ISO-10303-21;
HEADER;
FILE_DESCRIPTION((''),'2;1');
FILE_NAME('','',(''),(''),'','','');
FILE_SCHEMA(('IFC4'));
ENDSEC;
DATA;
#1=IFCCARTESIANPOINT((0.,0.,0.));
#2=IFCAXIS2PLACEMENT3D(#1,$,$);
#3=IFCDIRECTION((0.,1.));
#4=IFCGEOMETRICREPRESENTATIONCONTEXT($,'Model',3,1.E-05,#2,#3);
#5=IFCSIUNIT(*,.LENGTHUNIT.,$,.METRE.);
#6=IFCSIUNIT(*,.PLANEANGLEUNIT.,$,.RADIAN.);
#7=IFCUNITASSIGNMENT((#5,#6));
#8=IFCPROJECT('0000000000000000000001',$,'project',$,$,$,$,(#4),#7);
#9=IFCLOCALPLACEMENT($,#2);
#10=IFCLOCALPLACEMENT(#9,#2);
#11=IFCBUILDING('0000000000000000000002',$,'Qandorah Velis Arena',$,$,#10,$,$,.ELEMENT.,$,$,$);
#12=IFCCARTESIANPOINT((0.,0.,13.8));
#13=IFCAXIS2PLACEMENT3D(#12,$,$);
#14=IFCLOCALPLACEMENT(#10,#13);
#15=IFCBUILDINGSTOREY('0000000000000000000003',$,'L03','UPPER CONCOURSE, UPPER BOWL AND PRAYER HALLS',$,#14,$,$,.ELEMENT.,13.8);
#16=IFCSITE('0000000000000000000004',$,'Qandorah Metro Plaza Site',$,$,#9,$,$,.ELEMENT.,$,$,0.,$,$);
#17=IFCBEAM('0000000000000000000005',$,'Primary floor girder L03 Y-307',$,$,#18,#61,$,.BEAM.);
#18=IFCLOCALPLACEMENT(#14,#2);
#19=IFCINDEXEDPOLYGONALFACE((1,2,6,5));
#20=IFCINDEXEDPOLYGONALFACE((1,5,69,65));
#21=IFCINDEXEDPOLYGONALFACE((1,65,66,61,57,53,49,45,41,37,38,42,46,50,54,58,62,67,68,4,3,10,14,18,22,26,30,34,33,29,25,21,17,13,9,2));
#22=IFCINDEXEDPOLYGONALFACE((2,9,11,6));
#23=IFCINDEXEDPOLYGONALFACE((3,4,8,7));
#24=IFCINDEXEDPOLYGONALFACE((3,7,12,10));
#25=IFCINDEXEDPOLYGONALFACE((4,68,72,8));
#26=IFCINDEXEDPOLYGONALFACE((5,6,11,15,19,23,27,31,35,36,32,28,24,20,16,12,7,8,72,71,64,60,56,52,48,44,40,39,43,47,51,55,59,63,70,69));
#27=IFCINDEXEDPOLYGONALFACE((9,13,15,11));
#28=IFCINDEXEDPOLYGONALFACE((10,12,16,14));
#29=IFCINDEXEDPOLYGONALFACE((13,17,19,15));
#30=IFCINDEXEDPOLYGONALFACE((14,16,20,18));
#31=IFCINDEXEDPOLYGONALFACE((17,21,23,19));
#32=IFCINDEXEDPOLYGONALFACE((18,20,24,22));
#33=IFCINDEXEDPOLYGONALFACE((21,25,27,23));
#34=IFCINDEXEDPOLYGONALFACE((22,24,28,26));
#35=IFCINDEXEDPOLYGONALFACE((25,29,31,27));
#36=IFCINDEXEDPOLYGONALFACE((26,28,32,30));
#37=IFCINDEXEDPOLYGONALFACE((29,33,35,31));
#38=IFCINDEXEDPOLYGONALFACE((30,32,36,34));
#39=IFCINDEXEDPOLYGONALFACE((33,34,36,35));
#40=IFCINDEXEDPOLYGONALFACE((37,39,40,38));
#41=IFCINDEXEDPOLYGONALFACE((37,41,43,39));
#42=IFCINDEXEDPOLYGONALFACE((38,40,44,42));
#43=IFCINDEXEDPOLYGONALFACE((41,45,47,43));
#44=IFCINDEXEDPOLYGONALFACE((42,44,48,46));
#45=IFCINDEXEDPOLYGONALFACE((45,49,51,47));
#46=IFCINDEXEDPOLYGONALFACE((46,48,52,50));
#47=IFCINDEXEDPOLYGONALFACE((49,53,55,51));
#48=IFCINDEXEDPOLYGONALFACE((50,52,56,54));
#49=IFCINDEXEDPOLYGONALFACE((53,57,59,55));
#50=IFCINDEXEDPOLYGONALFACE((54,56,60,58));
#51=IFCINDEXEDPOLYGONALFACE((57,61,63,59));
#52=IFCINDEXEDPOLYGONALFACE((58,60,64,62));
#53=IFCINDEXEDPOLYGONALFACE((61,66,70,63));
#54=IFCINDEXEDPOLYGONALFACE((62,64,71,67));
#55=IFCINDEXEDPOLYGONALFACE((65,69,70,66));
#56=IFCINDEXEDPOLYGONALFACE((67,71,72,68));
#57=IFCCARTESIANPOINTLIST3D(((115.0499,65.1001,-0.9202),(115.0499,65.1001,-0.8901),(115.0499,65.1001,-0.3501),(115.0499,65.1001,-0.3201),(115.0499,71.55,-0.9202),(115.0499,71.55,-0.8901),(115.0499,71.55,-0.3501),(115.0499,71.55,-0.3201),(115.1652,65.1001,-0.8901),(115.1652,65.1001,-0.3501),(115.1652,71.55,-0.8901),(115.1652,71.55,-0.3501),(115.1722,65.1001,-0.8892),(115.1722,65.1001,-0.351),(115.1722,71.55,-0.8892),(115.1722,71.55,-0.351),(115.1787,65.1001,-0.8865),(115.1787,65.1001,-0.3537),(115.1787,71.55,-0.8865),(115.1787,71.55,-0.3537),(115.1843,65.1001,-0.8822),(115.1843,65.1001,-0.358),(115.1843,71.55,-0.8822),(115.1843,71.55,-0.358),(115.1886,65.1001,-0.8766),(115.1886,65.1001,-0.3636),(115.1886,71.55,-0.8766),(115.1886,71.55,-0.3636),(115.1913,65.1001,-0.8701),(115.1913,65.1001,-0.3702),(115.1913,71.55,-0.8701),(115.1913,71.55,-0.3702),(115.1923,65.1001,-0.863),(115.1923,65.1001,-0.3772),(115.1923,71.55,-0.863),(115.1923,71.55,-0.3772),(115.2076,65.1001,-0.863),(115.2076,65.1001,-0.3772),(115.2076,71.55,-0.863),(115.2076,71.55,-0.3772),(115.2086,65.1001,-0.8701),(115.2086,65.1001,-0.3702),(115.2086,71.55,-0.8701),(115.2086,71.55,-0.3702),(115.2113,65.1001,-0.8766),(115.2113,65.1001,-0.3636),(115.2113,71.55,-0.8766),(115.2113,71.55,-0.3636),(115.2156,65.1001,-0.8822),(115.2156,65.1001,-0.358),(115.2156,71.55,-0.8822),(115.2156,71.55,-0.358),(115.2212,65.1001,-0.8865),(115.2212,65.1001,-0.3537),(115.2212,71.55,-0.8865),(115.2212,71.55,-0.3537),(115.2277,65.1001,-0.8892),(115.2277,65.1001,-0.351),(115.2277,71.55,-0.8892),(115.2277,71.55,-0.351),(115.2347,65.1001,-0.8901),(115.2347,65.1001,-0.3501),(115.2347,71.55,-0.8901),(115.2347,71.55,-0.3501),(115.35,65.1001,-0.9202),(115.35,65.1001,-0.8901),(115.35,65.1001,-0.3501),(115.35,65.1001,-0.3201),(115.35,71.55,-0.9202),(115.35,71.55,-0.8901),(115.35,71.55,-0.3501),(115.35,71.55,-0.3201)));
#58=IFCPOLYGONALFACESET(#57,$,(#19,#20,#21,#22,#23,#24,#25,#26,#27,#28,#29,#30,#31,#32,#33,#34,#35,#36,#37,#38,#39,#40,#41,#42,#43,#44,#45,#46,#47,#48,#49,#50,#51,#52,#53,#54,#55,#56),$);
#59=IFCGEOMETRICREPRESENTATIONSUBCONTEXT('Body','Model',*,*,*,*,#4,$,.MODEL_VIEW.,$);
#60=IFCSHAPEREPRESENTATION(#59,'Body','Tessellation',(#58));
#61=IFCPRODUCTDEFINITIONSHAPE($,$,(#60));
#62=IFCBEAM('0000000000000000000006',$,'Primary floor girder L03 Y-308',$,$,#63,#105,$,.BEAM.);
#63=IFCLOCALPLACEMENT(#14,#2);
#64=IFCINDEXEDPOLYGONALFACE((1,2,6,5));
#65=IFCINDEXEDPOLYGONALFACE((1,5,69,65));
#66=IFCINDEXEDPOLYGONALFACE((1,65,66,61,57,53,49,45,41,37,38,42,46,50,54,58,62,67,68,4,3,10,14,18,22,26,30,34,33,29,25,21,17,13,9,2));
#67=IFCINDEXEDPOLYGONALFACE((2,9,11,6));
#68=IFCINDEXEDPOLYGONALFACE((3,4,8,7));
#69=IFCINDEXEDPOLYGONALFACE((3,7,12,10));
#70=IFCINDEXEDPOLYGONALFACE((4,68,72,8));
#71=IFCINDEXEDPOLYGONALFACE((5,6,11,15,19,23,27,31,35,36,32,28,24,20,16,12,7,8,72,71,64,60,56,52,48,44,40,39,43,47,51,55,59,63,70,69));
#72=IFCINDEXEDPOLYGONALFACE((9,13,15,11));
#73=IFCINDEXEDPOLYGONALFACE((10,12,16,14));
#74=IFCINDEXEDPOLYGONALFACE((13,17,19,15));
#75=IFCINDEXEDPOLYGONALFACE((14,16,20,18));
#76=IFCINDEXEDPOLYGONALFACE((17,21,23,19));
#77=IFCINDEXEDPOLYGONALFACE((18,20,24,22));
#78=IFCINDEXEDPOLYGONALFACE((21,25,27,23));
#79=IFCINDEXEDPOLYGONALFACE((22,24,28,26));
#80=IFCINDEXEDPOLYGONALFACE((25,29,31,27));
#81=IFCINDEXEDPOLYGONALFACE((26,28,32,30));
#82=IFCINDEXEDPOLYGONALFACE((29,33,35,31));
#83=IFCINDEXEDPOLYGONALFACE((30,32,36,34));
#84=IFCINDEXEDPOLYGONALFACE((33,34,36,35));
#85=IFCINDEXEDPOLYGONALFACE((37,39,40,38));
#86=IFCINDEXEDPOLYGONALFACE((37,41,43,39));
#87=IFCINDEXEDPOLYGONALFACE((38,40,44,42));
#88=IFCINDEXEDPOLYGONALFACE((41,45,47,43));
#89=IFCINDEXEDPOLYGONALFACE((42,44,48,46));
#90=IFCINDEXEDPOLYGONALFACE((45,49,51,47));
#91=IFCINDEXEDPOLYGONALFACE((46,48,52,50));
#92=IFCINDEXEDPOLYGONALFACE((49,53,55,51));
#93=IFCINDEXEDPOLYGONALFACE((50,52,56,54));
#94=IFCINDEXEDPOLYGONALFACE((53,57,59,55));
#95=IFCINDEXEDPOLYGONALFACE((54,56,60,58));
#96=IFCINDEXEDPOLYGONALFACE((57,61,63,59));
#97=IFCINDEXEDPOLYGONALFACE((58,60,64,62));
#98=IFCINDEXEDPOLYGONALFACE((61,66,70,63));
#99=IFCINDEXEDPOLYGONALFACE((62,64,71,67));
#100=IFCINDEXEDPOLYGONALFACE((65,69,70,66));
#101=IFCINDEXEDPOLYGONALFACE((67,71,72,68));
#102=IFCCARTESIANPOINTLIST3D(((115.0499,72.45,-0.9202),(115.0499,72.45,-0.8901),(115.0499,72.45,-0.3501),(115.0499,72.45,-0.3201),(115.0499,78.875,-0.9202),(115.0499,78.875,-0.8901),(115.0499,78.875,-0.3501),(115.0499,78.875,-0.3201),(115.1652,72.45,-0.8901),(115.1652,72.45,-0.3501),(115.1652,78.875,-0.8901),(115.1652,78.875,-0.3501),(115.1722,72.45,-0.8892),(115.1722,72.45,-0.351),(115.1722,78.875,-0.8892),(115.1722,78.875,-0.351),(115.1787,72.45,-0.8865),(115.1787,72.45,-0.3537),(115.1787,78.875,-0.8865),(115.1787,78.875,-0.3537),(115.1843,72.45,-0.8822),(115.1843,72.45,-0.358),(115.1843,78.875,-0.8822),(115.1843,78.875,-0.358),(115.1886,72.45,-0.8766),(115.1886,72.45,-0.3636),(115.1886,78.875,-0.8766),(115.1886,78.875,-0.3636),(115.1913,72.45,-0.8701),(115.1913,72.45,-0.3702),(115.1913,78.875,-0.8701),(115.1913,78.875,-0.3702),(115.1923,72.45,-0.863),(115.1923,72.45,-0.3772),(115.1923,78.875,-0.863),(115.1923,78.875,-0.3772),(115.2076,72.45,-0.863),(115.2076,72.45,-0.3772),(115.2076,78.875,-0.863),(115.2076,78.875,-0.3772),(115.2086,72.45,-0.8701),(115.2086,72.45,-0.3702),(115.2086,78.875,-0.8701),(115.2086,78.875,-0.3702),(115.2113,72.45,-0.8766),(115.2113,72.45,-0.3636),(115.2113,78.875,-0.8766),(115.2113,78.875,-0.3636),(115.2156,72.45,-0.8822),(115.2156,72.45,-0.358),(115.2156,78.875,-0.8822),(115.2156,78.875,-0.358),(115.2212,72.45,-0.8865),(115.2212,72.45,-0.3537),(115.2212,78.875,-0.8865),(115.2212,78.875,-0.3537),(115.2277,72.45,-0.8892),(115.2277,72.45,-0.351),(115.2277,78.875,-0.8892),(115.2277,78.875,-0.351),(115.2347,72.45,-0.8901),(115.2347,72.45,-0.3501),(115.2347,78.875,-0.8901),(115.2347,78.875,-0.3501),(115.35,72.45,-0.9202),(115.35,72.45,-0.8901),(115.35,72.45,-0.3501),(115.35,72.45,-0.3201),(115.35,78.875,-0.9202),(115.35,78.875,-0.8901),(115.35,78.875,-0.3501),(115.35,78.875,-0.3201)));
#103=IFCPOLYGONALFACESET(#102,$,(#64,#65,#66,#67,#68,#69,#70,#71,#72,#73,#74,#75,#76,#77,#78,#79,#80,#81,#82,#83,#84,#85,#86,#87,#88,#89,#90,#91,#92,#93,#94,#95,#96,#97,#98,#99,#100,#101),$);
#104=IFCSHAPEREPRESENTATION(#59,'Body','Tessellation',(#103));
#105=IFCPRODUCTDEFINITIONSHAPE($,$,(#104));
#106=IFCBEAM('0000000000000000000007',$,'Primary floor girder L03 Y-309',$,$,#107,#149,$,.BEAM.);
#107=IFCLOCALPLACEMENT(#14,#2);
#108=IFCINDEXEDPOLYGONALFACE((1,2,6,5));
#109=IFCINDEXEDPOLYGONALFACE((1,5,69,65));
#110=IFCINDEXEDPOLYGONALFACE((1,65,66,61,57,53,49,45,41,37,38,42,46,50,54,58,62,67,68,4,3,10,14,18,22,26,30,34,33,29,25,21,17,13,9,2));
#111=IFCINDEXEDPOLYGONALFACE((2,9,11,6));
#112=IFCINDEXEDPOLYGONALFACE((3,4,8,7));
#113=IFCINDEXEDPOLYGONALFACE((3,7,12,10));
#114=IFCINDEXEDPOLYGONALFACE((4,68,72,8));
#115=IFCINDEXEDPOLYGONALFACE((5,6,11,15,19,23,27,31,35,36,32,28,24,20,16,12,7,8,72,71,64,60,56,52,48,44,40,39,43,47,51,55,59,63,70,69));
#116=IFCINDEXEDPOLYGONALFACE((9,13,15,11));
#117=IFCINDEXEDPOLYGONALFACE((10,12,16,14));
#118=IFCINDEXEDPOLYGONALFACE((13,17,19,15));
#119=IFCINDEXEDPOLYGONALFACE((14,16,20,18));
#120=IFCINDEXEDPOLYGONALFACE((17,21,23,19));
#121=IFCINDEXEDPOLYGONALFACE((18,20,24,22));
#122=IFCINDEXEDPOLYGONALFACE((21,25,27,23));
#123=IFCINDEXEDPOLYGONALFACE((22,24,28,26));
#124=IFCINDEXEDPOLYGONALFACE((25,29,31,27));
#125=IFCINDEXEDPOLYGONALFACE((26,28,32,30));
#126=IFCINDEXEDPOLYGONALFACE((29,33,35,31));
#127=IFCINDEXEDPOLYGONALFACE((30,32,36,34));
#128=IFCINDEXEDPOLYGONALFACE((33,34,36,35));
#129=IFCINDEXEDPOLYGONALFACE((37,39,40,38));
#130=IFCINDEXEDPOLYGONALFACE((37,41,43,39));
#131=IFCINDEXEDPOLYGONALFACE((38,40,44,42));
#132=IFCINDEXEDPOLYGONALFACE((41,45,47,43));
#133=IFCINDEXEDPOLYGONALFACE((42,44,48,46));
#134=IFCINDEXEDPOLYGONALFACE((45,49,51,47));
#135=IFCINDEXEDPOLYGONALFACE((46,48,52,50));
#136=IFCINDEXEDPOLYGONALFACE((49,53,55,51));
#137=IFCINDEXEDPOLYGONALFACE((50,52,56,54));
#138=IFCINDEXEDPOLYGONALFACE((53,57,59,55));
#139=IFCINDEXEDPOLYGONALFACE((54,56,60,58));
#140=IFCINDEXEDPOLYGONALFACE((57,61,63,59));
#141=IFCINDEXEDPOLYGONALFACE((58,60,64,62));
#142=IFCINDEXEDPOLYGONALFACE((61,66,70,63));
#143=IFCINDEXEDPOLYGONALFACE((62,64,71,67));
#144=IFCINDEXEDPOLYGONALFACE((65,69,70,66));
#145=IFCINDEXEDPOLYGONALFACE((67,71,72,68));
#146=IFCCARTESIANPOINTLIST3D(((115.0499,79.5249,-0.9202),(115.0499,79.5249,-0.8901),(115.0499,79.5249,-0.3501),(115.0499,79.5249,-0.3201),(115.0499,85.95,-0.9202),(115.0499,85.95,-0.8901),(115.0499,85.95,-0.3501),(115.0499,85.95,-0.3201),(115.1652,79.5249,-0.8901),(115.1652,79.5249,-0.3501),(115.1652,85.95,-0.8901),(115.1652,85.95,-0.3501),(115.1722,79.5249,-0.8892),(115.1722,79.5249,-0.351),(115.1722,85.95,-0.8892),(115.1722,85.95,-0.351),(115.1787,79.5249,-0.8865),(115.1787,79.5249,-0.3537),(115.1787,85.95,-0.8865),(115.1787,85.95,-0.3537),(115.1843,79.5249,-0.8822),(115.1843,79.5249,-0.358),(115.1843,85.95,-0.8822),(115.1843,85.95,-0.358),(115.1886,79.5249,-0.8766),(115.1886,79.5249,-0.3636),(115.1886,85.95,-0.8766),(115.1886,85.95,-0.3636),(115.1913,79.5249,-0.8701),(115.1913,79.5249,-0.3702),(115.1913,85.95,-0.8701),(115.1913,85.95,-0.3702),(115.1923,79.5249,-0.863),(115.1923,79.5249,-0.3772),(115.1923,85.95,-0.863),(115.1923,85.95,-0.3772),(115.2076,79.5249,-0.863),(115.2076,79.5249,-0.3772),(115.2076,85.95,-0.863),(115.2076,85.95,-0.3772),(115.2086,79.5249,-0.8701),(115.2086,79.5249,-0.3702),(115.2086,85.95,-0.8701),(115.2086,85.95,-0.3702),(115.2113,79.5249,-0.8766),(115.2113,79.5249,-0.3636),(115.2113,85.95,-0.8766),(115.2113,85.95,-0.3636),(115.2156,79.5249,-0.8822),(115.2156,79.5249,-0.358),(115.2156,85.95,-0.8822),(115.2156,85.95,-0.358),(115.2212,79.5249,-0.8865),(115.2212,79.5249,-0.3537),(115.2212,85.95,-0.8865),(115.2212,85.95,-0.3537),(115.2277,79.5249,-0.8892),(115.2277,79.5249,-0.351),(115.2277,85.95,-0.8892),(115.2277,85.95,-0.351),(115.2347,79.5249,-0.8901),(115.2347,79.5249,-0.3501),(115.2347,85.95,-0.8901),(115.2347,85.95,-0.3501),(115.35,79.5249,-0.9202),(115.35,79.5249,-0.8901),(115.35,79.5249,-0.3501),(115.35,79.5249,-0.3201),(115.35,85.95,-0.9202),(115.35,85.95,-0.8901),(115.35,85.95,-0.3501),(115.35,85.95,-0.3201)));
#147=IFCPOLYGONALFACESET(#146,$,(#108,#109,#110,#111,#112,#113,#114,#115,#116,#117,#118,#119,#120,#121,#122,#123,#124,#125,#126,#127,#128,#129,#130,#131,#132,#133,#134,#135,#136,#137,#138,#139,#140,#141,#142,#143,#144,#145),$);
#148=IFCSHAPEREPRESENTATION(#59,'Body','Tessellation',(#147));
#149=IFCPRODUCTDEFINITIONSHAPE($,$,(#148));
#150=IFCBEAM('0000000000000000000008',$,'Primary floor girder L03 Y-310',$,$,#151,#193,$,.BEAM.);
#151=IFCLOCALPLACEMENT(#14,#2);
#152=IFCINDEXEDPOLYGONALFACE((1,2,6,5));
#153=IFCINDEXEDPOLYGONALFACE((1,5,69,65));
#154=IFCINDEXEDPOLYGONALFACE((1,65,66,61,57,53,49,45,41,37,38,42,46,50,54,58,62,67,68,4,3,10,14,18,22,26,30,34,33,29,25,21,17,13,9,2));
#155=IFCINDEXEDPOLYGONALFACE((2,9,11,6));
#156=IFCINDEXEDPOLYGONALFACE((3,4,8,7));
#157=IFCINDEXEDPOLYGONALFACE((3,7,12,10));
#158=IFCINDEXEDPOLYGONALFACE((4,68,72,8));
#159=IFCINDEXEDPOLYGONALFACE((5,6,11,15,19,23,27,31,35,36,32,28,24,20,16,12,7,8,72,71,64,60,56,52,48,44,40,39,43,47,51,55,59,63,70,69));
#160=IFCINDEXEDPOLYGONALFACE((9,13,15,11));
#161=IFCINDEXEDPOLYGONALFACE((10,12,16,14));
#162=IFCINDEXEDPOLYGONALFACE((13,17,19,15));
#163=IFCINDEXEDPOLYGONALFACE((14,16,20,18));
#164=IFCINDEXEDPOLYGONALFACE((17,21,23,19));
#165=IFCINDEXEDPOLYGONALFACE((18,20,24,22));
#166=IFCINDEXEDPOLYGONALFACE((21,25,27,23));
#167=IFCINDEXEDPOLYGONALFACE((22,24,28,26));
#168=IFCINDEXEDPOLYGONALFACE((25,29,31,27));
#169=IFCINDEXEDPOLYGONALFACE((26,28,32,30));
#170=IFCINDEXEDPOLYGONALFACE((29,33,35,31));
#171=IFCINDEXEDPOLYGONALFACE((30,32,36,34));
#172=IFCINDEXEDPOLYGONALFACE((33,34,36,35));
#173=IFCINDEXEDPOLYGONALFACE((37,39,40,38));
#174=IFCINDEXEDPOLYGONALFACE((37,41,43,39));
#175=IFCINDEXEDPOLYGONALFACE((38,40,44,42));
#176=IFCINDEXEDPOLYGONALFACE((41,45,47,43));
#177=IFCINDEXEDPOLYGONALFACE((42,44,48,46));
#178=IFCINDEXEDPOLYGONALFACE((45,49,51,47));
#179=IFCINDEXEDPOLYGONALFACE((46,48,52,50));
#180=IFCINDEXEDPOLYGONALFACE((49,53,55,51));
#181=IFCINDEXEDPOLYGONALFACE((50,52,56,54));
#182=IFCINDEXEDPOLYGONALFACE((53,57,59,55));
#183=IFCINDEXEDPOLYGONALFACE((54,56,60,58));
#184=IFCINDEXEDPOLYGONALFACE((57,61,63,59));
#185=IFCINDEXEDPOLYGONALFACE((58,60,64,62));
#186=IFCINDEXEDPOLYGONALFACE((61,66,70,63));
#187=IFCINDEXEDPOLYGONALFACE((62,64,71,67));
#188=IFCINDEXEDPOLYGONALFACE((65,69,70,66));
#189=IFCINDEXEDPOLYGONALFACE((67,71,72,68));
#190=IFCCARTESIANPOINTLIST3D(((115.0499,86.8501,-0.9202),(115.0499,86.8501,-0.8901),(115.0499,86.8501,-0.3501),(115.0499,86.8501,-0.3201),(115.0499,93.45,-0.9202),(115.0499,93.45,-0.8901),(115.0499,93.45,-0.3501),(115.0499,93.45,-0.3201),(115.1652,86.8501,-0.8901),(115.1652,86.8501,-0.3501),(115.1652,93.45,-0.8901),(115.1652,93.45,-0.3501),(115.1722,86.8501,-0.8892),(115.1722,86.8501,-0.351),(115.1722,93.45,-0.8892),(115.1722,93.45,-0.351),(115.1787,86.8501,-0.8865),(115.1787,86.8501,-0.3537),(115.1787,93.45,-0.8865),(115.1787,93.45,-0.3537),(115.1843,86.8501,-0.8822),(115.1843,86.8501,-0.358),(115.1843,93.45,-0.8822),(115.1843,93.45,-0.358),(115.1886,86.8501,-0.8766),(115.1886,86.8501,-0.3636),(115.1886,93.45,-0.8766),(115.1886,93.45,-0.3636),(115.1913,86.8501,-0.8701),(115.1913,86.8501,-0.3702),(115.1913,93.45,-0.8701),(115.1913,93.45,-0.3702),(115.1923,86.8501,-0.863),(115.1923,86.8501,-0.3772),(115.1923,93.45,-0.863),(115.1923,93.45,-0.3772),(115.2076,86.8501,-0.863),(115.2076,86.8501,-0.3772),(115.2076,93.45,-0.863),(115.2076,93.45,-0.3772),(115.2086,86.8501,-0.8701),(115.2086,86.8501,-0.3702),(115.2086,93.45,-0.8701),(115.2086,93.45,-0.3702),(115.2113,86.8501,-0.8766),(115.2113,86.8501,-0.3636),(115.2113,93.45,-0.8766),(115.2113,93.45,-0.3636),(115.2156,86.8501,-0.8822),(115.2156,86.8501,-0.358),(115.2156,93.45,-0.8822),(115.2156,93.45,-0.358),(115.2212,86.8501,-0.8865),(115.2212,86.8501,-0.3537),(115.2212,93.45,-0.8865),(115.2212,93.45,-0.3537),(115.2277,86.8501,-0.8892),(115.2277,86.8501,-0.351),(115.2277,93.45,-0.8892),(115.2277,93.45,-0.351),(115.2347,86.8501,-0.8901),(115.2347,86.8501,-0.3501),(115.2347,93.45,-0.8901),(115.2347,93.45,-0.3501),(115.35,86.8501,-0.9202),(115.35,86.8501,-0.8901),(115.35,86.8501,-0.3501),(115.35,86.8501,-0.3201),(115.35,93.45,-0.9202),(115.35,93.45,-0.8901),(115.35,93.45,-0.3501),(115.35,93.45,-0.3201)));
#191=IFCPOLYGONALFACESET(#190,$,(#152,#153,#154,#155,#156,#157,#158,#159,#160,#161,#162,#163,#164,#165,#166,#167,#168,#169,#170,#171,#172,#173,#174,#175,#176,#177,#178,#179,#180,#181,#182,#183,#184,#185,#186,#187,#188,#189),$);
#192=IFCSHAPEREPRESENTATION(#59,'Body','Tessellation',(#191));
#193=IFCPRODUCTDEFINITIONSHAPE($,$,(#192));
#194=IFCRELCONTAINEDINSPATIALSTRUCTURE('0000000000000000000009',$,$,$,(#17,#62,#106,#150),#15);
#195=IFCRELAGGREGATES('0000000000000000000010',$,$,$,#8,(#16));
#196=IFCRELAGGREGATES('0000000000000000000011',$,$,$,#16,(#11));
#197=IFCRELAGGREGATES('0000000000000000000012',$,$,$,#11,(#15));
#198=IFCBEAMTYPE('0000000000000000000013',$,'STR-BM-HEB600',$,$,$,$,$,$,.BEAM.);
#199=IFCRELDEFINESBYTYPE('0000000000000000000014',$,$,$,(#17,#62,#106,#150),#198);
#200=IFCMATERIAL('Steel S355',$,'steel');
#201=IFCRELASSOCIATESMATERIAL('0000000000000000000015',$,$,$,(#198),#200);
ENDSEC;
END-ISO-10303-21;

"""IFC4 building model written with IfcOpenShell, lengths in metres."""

from ifc_helpers import new_model, si_unit, direction, frame, origin, origin_2d, place, context, subcontext, project, spatial, i_section, extrude, material, material_profile, profile_set, type_object, element, save


model = new_model("IFC4")

# Units and contexts
model_context = context("Model", 3, precision=1e-05, world=origin(), true_north=direction((0.0, 1.0)))
body_context = subcontext(model_context, "Body", "Model", "MODEL_VIEW")
ifc_project = project(units=[si_unit("LENGTHUNIT", "METRE"), si_unit("PLANEANGLEUNIT", "RADIAN")], contexts=[model_context])

# Site, building, storey
site_placement = place(None, origin())
site = spatial("IfcSite", under=ifc_project, at=site_placement, Name="Qandorah Metro Plaza Site", CompositionType="ELEMENT", RefElevation=0.0)
building_placement = place(site_placement, origin())
building = spatial("IfcBuilding", under=site, at=building_placement, Name="Qandorah Velis Arena", CompositionType="ELEMENT")
storey_placement = place(building_placement, frame((0.0, 0.0, 13.8)))
storey = spatial("IfcBuildingStorey", under=building, at=storey_placement, Name="L03", Description="UPPER CONCOURSE, UPPER BOWL AND PRAYER HALLS", CompositionType="ELEMENT", Elevation=13.8)

# Beams
ifc_material_1 = material(Name="Steel S355", Category="steel")
ifc_material_profile_1 = material_profile(ifc_material_1, i_section(OverallWidth=0.3, OverallDepth=0.6001, WebThickness=0.0154, FlangeThickness=0.03, FilletRadius=0.0271, at=origin_2d()), Name="HEB 600")
ifc_profile_set_1 = profile_set([ifc_material_profile_1], Name="Steel S355")
beam_type_1 = type_object("IfcBeamType", Name="STR-BM-HEB600", PredefinedType="BEAM", material=ifc_profile_set_1)
beam_1_placement = place(storey_placement, frame((115.2, 65.1001, -0.6201), z_axis=(0.0, 1.0, 0.0), x_axis=(-1.0, 0.0, 0.0)))
element("IfcBeam", 1, at=beam_1_placement, inside=storey, type_object=beam_type_1, Name="Primary floor girder L03 Y-307", PredefinedType="BEAM", context=body_context, shape_type="SweptSolid", body=[
    extrude(i_section(OverallWidth=0.3, OverallDepth=0.6001, WebThickness=0.0154, FlangeThickness=0.03, FilletRadius=0.0271, at=origin_2d()), origin(), (0.0, 0.0, 1.0), 6.45),
])
for number, where, z_axis, x_axis, name in (
    (2, (115.2, 72.45, -0.6201), (0.0, 1.0, 0.0), (-1.0, 0.0, 0.0), "Primary floor girder L03 Y-308"),
    (3, (115.2, 79.5249, -0.6201), (0.0, 1.0, 0.0), (-1.0, 0.0, 0.0), "Primary floor girder L03 Y-309"),
):
    element("IfcBeam", number, at=place(storey_placement, frame(where, z_axis=z_axis, x_axis=x_axis)), inside=storey, type_object=beam_type_1, Name=name, PredefinedType="BEAM", context=body_context, shape_type="SweptSolid", body=[
        extrude(i_section(OverallWidth=0.3, OverallDepth=0.6001, WebThickness=0.0154, FlangeThickness=0.03, FilletRadius=0.0271, at=origin_2d()), origin(), (0.0, 0.0, 1.0), 6.425),
    ])
beam_2_placement = place(storey_placement, frame((115.2, 86.8501, -0.6201), z_axis=(0.0, 1.0, 0.0), x_axis=(-1.0, 0.0, 0.0)))
element("IfcBeam", 4, at=beam_2_placement, inside=storey, type_object=beam_type_1, Name="Primary floor girder L03 Y-310", PredefinedType="BEAM", context=body_context, shape_type="SweptSolid", body=[
    extrude(i_section(OverallWidth=0.3, OverallDepth=0.6001, WebThickness=0.0154, FlangeThickness=0.03, FilletRadius=0.0271, at=origin_2d()), origin(), (0.0, 0.0, 1.0), 6.5999),
])

save(model, "model.ifc")
